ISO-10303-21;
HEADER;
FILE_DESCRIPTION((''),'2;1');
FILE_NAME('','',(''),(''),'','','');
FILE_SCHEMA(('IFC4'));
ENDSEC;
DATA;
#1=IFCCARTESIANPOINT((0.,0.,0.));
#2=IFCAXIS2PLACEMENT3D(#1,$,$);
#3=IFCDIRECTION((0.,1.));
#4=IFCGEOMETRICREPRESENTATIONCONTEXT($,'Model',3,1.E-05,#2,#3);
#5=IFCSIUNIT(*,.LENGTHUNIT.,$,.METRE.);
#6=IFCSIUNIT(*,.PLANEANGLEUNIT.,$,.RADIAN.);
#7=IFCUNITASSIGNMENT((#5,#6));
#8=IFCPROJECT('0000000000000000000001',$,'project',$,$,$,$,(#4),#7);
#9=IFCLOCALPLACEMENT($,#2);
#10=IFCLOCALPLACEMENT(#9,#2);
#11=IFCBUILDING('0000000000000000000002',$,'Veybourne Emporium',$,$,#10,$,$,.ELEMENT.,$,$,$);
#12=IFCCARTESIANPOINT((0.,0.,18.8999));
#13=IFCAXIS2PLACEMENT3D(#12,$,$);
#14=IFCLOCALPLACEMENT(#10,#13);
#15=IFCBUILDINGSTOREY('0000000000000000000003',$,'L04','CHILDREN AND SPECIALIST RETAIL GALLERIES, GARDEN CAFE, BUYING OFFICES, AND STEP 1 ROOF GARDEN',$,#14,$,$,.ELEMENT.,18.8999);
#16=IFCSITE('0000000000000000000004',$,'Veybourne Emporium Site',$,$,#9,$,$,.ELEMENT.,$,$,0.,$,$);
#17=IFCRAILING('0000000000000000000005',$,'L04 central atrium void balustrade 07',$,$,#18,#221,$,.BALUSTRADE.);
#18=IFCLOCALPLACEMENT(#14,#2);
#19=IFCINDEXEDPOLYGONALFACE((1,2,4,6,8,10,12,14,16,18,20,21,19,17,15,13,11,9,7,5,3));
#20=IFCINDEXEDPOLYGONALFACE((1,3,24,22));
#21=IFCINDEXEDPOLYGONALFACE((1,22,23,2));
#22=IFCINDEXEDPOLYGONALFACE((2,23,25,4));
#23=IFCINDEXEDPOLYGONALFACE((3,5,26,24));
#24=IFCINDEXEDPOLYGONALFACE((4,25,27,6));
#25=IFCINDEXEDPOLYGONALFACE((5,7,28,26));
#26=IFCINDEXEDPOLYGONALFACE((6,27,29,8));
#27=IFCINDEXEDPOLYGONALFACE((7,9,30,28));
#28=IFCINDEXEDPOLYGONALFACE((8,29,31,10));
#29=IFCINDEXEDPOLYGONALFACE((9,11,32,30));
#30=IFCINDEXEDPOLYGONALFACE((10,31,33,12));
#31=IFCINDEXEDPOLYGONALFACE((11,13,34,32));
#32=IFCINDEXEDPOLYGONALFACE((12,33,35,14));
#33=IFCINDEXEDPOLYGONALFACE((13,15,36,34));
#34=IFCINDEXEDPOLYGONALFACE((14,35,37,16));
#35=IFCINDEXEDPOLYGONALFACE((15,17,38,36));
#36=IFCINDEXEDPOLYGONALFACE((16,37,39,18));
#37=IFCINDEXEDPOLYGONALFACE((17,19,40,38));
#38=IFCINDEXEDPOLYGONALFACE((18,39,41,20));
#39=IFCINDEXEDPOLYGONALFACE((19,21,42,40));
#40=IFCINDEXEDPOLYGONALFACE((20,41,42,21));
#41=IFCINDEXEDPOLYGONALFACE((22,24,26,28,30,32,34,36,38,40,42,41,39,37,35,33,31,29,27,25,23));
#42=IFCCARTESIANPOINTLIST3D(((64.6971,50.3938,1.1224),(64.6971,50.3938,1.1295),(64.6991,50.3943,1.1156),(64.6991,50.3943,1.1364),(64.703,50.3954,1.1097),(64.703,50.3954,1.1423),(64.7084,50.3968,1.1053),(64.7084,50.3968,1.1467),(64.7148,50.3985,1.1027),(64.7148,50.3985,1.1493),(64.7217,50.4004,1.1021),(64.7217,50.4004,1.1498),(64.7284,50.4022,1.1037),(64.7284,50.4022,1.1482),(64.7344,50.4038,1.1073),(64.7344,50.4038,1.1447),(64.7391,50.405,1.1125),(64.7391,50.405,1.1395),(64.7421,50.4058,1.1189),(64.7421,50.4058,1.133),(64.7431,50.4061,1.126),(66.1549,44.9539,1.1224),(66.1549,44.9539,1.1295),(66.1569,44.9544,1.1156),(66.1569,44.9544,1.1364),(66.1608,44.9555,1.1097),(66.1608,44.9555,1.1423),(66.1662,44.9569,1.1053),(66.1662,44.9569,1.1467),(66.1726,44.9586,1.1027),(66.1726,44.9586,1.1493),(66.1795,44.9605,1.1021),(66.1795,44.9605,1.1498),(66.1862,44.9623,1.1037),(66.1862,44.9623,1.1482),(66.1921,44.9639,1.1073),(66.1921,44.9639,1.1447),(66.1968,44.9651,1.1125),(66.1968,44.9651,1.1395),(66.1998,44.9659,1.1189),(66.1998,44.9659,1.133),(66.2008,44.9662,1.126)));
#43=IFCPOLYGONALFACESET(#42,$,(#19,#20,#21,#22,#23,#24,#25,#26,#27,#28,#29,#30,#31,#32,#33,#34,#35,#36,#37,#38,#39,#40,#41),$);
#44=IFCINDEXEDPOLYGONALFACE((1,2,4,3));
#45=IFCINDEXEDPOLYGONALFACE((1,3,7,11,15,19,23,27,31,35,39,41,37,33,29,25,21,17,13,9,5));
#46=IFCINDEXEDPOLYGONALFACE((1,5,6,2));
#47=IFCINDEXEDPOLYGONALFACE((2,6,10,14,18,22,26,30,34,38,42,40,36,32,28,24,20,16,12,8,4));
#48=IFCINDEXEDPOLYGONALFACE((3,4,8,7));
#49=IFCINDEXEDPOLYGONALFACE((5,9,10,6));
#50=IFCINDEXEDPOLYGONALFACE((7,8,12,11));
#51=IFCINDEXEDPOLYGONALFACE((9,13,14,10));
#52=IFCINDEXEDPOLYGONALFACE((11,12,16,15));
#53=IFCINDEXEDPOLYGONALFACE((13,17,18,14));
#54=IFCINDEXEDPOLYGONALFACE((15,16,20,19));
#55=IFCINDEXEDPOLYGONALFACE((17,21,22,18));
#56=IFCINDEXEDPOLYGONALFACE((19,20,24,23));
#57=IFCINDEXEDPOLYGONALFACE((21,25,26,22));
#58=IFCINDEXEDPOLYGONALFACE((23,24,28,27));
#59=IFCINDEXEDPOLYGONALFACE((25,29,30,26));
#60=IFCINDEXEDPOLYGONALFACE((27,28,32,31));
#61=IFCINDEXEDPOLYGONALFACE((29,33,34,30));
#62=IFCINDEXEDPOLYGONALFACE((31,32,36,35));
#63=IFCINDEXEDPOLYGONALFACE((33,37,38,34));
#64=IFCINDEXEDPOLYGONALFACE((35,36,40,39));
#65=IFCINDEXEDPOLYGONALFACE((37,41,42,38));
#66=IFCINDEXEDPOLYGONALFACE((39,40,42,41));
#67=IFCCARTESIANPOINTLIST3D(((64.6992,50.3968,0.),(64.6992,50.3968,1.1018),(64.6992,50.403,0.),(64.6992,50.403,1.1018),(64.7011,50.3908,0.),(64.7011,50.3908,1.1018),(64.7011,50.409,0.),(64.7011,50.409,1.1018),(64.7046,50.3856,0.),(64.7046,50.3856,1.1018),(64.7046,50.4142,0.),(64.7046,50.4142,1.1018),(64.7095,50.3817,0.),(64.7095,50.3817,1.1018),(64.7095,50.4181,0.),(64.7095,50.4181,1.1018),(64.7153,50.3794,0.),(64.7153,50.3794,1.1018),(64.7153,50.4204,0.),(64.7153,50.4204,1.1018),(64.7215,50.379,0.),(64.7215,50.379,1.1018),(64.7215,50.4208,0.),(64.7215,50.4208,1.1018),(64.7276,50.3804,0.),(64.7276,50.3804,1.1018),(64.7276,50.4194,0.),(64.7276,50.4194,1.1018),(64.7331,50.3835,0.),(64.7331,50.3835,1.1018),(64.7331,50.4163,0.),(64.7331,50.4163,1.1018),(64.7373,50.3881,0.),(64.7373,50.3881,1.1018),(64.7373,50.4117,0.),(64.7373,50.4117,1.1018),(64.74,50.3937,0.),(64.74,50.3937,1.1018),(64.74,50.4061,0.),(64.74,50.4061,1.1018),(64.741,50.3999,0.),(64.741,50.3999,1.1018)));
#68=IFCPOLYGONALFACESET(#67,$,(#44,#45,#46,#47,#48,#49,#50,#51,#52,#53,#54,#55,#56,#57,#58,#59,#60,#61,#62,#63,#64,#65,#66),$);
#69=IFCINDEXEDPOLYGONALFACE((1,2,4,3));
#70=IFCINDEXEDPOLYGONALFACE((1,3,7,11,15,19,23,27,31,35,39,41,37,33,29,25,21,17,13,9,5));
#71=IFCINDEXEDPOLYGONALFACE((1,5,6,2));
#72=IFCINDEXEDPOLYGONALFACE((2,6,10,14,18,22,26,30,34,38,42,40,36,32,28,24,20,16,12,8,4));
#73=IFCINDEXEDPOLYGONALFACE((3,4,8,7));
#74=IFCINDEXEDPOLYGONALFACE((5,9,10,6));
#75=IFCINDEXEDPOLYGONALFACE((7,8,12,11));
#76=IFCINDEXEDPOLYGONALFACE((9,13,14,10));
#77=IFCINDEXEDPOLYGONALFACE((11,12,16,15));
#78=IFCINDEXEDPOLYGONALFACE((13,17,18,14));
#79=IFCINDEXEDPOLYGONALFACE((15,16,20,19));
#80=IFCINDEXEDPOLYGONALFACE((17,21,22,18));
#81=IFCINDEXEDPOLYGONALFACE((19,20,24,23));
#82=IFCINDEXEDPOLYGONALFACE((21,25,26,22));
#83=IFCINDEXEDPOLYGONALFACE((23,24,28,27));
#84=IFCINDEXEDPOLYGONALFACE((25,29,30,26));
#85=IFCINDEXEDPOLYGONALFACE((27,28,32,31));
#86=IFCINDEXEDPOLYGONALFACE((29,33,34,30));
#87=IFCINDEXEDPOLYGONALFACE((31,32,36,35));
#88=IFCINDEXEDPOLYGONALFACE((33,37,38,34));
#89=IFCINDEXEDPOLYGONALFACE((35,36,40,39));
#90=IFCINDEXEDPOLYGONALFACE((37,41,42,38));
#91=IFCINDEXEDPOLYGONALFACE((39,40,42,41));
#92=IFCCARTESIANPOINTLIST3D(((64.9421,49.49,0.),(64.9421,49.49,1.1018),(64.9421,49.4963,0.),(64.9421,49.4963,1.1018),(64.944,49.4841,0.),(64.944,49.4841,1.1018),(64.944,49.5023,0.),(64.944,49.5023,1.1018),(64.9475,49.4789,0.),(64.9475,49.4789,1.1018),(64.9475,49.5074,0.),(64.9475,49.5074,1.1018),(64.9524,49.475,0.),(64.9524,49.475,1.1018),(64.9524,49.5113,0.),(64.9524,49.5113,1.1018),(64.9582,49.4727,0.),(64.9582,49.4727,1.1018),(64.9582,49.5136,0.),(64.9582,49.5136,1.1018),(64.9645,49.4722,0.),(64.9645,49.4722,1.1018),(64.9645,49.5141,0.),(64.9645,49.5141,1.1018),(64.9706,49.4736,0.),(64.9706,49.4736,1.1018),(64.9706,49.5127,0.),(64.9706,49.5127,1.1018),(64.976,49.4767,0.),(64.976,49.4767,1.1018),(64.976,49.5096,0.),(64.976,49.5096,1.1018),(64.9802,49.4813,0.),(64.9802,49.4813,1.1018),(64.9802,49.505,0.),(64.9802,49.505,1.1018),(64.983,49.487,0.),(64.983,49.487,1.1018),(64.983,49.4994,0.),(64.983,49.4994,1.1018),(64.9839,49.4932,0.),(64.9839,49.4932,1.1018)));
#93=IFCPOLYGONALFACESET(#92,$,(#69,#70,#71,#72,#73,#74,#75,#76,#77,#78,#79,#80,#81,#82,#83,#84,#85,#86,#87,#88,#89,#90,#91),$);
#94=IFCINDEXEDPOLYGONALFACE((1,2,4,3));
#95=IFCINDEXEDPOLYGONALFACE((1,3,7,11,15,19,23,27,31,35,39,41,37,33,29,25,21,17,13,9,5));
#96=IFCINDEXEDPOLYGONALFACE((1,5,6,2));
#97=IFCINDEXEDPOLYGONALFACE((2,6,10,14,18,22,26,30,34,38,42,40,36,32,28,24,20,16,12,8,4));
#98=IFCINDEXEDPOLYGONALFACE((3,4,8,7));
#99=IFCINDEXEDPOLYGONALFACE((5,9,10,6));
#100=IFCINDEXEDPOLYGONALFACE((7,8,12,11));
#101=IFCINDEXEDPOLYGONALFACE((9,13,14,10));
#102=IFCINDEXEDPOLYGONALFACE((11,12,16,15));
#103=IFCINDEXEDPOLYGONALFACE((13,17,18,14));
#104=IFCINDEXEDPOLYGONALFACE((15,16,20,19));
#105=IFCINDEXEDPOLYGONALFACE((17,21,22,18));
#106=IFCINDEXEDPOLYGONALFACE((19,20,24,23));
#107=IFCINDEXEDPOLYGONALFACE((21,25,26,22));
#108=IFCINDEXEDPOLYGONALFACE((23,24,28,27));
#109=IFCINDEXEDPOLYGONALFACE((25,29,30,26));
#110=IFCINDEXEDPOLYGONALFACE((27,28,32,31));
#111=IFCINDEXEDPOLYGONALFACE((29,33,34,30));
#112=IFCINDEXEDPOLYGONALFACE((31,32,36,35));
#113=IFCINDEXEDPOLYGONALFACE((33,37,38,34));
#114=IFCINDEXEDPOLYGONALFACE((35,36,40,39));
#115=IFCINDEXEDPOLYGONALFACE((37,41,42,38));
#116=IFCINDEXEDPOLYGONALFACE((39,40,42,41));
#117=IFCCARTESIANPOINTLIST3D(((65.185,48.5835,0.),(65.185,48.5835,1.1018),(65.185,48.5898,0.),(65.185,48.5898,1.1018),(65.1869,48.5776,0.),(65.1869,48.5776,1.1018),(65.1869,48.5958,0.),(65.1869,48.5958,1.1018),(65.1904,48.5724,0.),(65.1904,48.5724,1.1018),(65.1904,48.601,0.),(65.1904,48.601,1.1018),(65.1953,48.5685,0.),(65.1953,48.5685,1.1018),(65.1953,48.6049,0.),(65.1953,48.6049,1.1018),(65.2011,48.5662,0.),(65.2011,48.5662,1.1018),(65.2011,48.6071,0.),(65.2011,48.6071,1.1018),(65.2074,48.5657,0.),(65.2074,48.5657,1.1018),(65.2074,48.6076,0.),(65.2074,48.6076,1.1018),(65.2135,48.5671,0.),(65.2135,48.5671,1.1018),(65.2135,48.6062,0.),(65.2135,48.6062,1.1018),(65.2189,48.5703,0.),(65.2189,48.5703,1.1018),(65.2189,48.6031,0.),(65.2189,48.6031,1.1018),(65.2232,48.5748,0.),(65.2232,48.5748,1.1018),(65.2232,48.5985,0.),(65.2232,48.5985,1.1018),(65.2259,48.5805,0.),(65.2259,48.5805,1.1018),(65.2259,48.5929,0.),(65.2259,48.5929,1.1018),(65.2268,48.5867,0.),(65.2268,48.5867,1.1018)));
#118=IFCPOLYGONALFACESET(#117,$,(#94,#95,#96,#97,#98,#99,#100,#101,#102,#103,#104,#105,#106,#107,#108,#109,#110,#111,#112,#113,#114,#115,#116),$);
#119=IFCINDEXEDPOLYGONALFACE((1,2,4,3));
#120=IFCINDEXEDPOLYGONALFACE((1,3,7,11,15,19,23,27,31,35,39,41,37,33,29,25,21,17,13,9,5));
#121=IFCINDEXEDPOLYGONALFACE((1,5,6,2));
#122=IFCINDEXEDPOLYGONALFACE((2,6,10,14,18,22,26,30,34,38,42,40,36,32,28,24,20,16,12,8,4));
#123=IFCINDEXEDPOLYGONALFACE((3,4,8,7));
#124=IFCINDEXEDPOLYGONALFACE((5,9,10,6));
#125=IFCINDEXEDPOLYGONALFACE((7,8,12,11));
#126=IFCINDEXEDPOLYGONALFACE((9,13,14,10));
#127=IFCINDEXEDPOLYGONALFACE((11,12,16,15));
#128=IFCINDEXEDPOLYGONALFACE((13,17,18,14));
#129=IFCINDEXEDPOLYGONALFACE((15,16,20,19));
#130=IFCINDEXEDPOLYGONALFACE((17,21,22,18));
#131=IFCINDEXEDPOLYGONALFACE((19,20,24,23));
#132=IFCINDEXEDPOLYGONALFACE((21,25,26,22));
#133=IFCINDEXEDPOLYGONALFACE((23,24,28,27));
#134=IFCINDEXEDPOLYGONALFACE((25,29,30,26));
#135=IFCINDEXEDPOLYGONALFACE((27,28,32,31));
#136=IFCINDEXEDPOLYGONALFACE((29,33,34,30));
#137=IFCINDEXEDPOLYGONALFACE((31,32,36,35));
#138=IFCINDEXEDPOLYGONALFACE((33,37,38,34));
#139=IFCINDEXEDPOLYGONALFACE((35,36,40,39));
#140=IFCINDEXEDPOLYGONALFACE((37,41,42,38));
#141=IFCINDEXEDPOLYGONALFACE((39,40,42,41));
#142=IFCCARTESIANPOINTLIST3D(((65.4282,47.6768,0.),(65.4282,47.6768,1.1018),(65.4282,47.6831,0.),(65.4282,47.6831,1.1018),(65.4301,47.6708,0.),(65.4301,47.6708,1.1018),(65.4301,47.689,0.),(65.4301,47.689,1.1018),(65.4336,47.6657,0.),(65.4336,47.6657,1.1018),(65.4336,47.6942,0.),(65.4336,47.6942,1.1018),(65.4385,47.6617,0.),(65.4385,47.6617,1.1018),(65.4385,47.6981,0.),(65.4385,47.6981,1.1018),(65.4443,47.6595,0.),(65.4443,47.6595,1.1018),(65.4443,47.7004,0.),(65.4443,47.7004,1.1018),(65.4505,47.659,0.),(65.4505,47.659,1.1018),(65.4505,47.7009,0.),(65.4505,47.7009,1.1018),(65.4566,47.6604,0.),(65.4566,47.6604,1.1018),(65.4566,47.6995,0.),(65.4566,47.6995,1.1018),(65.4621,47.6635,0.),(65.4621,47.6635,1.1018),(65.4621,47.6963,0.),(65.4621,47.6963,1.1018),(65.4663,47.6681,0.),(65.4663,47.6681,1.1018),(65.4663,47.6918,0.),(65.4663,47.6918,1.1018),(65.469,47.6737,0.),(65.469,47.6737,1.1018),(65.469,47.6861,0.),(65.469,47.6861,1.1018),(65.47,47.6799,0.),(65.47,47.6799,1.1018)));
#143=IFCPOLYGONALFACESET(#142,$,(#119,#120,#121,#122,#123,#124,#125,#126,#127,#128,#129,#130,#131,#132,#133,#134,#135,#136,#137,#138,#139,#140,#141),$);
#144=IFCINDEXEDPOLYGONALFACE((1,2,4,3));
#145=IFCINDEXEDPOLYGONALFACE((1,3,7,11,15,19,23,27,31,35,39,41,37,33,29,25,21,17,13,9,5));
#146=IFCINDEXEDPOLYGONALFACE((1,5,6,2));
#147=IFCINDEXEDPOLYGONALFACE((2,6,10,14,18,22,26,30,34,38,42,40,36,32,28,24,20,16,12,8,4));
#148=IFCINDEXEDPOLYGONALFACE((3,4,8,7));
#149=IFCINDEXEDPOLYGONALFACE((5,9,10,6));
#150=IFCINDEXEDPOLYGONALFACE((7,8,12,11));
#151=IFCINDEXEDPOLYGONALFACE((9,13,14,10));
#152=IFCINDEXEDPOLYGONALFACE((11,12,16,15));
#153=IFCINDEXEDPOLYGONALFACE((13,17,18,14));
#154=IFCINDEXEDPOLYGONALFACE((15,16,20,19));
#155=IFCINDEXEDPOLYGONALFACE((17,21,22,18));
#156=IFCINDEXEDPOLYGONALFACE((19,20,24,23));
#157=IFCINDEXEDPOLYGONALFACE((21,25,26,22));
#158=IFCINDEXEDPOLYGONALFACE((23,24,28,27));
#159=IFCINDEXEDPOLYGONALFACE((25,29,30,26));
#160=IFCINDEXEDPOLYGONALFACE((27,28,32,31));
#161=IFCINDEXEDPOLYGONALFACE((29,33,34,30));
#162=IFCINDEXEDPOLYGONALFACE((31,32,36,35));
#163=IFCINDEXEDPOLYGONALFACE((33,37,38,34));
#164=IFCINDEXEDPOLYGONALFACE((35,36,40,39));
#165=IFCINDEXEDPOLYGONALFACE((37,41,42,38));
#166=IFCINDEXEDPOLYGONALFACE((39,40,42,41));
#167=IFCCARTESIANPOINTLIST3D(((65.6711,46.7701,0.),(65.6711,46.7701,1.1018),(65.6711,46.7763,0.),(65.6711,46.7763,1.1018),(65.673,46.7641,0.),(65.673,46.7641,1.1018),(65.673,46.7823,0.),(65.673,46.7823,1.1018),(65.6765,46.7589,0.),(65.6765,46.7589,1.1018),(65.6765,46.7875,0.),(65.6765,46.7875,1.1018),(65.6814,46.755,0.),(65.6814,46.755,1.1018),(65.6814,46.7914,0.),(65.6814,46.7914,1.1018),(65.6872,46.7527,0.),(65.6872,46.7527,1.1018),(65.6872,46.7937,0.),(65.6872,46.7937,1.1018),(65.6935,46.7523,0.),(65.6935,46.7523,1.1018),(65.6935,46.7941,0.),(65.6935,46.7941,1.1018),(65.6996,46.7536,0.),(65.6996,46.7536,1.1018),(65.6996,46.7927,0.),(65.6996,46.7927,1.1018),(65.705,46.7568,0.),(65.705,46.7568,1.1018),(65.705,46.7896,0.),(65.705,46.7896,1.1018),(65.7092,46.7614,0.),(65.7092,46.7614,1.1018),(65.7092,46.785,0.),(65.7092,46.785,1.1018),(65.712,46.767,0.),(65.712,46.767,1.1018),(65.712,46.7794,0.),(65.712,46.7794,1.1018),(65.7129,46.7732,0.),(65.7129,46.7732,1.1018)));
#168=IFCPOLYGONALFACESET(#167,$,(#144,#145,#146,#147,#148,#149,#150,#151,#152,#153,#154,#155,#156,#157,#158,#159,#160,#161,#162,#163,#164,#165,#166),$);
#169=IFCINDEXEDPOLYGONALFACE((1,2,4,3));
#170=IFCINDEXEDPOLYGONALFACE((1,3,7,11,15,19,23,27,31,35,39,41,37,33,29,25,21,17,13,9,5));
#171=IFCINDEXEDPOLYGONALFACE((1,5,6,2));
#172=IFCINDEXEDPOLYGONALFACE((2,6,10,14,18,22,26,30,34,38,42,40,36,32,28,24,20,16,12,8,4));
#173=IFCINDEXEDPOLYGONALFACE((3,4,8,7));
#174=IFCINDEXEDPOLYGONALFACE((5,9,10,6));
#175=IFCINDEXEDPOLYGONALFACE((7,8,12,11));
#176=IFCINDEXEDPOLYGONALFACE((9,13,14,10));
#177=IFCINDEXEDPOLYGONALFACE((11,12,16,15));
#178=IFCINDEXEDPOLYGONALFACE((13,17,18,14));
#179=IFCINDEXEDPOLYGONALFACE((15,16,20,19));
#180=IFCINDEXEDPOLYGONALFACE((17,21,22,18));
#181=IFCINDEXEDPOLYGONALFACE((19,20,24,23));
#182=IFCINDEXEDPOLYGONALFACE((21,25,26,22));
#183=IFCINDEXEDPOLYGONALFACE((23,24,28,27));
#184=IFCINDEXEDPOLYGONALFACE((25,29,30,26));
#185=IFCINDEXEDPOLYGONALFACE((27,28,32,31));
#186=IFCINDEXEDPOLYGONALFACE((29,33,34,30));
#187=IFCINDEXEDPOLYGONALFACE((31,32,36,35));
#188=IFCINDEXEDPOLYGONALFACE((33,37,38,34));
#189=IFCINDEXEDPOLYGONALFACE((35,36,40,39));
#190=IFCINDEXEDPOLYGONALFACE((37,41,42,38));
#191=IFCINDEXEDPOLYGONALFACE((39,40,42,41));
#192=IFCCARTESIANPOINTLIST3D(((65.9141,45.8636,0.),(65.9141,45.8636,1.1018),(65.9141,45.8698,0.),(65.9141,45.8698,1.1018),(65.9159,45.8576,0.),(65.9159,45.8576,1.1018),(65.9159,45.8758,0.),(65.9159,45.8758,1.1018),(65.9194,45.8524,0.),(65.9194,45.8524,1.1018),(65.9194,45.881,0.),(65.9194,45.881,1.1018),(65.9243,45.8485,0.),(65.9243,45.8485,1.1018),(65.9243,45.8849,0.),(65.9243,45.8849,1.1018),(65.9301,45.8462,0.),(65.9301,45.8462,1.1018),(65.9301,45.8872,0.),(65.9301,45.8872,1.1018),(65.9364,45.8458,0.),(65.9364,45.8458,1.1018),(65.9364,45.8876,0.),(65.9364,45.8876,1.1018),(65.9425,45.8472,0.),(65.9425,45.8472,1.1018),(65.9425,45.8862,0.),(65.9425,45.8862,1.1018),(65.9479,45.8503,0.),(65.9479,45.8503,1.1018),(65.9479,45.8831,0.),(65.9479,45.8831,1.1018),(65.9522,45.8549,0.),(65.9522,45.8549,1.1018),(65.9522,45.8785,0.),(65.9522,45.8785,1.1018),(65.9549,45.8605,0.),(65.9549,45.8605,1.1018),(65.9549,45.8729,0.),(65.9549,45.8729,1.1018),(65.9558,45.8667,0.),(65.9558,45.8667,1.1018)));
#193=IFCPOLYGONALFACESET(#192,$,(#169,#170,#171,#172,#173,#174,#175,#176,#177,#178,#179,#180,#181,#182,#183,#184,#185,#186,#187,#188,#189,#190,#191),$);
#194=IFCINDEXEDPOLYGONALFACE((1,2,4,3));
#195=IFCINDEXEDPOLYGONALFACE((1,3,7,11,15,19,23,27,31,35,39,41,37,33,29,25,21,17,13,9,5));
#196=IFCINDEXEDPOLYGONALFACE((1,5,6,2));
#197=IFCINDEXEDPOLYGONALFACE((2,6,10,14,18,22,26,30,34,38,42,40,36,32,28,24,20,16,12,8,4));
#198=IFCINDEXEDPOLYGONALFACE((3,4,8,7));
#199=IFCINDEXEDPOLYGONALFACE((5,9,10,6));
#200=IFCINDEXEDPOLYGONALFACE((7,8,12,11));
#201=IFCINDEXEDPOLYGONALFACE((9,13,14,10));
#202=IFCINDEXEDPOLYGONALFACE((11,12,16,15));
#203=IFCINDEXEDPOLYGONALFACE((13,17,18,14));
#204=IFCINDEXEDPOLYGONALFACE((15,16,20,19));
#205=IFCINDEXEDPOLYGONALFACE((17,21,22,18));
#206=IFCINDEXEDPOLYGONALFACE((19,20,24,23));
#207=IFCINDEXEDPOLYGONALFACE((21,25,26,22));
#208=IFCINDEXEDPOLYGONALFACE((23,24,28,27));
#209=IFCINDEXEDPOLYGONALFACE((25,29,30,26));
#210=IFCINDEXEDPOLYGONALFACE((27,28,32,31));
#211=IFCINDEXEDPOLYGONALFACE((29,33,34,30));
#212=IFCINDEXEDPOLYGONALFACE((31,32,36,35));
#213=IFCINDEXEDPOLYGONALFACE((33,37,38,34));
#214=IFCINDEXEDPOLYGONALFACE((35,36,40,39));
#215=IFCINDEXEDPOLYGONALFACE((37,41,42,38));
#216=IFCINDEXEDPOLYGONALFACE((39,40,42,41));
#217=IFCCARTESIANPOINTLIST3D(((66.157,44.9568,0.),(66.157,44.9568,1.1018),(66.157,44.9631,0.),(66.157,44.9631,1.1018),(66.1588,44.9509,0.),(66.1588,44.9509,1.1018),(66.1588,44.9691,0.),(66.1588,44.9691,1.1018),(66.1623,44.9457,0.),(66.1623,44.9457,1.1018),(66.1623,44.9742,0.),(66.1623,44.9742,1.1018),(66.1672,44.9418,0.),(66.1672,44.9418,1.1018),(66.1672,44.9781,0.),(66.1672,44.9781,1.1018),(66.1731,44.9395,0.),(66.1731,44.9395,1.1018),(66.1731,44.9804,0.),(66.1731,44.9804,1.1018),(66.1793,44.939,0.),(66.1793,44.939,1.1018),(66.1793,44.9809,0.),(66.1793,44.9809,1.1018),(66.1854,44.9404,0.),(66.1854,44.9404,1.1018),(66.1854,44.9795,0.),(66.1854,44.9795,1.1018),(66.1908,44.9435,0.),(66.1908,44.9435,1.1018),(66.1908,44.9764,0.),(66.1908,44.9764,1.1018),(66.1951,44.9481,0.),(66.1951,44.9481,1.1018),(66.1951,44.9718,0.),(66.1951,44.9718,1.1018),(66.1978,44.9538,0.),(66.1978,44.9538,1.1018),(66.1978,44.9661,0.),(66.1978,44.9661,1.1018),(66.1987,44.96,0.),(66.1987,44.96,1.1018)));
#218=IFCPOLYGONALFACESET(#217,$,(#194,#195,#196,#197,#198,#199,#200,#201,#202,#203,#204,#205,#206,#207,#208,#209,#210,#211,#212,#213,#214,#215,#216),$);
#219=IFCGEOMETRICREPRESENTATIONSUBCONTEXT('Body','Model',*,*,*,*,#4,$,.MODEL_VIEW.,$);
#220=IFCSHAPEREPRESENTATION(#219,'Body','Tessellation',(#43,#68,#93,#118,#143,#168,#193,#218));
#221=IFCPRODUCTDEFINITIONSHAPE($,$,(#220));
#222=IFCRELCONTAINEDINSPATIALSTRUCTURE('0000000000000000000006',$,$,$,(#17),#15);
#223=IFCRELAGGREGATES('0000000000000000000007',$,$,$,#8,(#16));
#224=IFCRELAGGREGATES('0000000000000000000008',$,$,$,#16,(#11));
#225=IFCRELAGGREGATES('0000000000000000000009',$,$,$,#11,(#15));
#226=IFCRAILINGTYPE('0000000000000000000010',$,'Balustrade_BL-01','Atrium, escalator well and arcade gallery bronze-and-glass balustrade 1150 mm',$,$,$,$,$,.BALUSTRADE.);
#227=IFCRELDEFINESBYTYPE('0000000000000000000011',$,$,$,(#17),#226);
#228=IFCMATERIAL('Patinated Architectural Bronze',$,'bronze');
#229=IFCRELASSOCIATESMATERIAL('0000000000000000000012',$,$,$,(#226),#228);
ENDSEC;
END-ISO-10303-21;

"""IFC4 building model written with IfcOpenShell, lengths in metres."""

from ifc_helpers import new_model, si_unit, direction, frame, origin, origin_2d, place, context, subcontext, project, spatial, circle, extrude, material, type_object, element, save


model = new_model("IFC4")

# Units and contexts
model_context = context("Model", 3, precision=1e-05, world=origin(), true_north=direction((0.0, 1.0)))
body_context = subcontext(model_context, "Body", "Model", "MODEL_VIEW")
ifc_project = project(units=[si_unit("LENGTHUNIT", "METRE"), si_unit("PLANEANGLEUNIT", "RADIAN")], contexts=[model_context])

# Site, building, storey
site_placement = place(None, origin())
site = spatial("IfcSite", under=ifc_project, at=site_placement, Name="Veybourne Emporium Site", CompositionType="ELEMENT", RefElevation=0.0)
building_placement = place(site_placement, origin())
building = spatial("IfcBuilding", under=site, at=building_placement, Name="Veybourne Emporium", CompositionType="ELEMENT")
storey_placement = place(building_placement, frame((0.0, 0.0, 18.8999)))
storey = spatial("IfcBuildingStorey", under=building, at=storey_placement, Name="L04", Description="CHILDREN AND SPECIALIST RETAIL GALLERIES, GARDEN CAFE, BUYING OFFICES, AND STEP 1 ROOF GARDEN", CompositionType="ELEMENT", Elevation=18.8999)

# Shared definitions
ifc_material_1 = material(Name="Patinated Architectural Bronze", Category="bronze")

# Railing
railing_type = type_object("IfcRailingType", Name="Balustrade_BL-01", Description="Atrium, escalator well and arcade gallery bronze-and-glass balustrade 1150 mm", PredefinedType="BALUSTRADE", material=ifc_material_1)
railing_1_placement = place(storey_placement, frame((64.72, 50.3999, 0.0)))
element("IfcRailing", 1, at=railing_1_placement, inside=storey, type_object=railing_type, Name="L04 central atrium void balustrade 07", PredefinedType="BALUSTRADE", context=body_context, shape_type="SweptSolid", body=[
    extrude(circle(Radius=0.0239, at=origin_2d()), frame((0.0, 0.0, 1.126), z_axis=(0.258842, -0.96592, 0.0), x_axis=(0.96592, 0.258842, 0.0)), (0.0, 0.0, 1.0), 5.6318),
    extrude(circle(Radius=0.021, at=origin_2d()), origin(), (0.0, 0.0, 1.0), 1.1018),
    extrude(circle(Radius=0.021, at=origin_2d()), frame((0.2429, -0.9067, 0.0)), (0.0, 0.0, 1.0), 1.1018),
    extrude(circle(Radius=0.021, at=origin_2d()), frame((0.4858, -1.8132, 0.0)), (0.0, 0.0, 1.0), 1.1018),
    extrude(circle(Radius=0.021, at=origin_2d()), frame((0.729, -2.72, 0.0)), (0.0, 0.0, 1.0), 1.1018),
    extrude(circle(Radius=0.021, at=origin_2d()), frame((0.9719, -3.6267, 0.0)), (0.0, 0.0, 1.0), 1.1018),
    extrude(circle(Radius=0.021, at=origin_2d()), frame((1.2148, -4.5332, 0.0)), (0.0, 0.0, 1.0), 1.1018),
    extrude(circle(Radius=0.021, at=origin_2d()), frame((1.4578, -5.4399, 0.0)), (0.0, 0.0, 1.0), 1.1018),
])

save(model, "model.ifc")
